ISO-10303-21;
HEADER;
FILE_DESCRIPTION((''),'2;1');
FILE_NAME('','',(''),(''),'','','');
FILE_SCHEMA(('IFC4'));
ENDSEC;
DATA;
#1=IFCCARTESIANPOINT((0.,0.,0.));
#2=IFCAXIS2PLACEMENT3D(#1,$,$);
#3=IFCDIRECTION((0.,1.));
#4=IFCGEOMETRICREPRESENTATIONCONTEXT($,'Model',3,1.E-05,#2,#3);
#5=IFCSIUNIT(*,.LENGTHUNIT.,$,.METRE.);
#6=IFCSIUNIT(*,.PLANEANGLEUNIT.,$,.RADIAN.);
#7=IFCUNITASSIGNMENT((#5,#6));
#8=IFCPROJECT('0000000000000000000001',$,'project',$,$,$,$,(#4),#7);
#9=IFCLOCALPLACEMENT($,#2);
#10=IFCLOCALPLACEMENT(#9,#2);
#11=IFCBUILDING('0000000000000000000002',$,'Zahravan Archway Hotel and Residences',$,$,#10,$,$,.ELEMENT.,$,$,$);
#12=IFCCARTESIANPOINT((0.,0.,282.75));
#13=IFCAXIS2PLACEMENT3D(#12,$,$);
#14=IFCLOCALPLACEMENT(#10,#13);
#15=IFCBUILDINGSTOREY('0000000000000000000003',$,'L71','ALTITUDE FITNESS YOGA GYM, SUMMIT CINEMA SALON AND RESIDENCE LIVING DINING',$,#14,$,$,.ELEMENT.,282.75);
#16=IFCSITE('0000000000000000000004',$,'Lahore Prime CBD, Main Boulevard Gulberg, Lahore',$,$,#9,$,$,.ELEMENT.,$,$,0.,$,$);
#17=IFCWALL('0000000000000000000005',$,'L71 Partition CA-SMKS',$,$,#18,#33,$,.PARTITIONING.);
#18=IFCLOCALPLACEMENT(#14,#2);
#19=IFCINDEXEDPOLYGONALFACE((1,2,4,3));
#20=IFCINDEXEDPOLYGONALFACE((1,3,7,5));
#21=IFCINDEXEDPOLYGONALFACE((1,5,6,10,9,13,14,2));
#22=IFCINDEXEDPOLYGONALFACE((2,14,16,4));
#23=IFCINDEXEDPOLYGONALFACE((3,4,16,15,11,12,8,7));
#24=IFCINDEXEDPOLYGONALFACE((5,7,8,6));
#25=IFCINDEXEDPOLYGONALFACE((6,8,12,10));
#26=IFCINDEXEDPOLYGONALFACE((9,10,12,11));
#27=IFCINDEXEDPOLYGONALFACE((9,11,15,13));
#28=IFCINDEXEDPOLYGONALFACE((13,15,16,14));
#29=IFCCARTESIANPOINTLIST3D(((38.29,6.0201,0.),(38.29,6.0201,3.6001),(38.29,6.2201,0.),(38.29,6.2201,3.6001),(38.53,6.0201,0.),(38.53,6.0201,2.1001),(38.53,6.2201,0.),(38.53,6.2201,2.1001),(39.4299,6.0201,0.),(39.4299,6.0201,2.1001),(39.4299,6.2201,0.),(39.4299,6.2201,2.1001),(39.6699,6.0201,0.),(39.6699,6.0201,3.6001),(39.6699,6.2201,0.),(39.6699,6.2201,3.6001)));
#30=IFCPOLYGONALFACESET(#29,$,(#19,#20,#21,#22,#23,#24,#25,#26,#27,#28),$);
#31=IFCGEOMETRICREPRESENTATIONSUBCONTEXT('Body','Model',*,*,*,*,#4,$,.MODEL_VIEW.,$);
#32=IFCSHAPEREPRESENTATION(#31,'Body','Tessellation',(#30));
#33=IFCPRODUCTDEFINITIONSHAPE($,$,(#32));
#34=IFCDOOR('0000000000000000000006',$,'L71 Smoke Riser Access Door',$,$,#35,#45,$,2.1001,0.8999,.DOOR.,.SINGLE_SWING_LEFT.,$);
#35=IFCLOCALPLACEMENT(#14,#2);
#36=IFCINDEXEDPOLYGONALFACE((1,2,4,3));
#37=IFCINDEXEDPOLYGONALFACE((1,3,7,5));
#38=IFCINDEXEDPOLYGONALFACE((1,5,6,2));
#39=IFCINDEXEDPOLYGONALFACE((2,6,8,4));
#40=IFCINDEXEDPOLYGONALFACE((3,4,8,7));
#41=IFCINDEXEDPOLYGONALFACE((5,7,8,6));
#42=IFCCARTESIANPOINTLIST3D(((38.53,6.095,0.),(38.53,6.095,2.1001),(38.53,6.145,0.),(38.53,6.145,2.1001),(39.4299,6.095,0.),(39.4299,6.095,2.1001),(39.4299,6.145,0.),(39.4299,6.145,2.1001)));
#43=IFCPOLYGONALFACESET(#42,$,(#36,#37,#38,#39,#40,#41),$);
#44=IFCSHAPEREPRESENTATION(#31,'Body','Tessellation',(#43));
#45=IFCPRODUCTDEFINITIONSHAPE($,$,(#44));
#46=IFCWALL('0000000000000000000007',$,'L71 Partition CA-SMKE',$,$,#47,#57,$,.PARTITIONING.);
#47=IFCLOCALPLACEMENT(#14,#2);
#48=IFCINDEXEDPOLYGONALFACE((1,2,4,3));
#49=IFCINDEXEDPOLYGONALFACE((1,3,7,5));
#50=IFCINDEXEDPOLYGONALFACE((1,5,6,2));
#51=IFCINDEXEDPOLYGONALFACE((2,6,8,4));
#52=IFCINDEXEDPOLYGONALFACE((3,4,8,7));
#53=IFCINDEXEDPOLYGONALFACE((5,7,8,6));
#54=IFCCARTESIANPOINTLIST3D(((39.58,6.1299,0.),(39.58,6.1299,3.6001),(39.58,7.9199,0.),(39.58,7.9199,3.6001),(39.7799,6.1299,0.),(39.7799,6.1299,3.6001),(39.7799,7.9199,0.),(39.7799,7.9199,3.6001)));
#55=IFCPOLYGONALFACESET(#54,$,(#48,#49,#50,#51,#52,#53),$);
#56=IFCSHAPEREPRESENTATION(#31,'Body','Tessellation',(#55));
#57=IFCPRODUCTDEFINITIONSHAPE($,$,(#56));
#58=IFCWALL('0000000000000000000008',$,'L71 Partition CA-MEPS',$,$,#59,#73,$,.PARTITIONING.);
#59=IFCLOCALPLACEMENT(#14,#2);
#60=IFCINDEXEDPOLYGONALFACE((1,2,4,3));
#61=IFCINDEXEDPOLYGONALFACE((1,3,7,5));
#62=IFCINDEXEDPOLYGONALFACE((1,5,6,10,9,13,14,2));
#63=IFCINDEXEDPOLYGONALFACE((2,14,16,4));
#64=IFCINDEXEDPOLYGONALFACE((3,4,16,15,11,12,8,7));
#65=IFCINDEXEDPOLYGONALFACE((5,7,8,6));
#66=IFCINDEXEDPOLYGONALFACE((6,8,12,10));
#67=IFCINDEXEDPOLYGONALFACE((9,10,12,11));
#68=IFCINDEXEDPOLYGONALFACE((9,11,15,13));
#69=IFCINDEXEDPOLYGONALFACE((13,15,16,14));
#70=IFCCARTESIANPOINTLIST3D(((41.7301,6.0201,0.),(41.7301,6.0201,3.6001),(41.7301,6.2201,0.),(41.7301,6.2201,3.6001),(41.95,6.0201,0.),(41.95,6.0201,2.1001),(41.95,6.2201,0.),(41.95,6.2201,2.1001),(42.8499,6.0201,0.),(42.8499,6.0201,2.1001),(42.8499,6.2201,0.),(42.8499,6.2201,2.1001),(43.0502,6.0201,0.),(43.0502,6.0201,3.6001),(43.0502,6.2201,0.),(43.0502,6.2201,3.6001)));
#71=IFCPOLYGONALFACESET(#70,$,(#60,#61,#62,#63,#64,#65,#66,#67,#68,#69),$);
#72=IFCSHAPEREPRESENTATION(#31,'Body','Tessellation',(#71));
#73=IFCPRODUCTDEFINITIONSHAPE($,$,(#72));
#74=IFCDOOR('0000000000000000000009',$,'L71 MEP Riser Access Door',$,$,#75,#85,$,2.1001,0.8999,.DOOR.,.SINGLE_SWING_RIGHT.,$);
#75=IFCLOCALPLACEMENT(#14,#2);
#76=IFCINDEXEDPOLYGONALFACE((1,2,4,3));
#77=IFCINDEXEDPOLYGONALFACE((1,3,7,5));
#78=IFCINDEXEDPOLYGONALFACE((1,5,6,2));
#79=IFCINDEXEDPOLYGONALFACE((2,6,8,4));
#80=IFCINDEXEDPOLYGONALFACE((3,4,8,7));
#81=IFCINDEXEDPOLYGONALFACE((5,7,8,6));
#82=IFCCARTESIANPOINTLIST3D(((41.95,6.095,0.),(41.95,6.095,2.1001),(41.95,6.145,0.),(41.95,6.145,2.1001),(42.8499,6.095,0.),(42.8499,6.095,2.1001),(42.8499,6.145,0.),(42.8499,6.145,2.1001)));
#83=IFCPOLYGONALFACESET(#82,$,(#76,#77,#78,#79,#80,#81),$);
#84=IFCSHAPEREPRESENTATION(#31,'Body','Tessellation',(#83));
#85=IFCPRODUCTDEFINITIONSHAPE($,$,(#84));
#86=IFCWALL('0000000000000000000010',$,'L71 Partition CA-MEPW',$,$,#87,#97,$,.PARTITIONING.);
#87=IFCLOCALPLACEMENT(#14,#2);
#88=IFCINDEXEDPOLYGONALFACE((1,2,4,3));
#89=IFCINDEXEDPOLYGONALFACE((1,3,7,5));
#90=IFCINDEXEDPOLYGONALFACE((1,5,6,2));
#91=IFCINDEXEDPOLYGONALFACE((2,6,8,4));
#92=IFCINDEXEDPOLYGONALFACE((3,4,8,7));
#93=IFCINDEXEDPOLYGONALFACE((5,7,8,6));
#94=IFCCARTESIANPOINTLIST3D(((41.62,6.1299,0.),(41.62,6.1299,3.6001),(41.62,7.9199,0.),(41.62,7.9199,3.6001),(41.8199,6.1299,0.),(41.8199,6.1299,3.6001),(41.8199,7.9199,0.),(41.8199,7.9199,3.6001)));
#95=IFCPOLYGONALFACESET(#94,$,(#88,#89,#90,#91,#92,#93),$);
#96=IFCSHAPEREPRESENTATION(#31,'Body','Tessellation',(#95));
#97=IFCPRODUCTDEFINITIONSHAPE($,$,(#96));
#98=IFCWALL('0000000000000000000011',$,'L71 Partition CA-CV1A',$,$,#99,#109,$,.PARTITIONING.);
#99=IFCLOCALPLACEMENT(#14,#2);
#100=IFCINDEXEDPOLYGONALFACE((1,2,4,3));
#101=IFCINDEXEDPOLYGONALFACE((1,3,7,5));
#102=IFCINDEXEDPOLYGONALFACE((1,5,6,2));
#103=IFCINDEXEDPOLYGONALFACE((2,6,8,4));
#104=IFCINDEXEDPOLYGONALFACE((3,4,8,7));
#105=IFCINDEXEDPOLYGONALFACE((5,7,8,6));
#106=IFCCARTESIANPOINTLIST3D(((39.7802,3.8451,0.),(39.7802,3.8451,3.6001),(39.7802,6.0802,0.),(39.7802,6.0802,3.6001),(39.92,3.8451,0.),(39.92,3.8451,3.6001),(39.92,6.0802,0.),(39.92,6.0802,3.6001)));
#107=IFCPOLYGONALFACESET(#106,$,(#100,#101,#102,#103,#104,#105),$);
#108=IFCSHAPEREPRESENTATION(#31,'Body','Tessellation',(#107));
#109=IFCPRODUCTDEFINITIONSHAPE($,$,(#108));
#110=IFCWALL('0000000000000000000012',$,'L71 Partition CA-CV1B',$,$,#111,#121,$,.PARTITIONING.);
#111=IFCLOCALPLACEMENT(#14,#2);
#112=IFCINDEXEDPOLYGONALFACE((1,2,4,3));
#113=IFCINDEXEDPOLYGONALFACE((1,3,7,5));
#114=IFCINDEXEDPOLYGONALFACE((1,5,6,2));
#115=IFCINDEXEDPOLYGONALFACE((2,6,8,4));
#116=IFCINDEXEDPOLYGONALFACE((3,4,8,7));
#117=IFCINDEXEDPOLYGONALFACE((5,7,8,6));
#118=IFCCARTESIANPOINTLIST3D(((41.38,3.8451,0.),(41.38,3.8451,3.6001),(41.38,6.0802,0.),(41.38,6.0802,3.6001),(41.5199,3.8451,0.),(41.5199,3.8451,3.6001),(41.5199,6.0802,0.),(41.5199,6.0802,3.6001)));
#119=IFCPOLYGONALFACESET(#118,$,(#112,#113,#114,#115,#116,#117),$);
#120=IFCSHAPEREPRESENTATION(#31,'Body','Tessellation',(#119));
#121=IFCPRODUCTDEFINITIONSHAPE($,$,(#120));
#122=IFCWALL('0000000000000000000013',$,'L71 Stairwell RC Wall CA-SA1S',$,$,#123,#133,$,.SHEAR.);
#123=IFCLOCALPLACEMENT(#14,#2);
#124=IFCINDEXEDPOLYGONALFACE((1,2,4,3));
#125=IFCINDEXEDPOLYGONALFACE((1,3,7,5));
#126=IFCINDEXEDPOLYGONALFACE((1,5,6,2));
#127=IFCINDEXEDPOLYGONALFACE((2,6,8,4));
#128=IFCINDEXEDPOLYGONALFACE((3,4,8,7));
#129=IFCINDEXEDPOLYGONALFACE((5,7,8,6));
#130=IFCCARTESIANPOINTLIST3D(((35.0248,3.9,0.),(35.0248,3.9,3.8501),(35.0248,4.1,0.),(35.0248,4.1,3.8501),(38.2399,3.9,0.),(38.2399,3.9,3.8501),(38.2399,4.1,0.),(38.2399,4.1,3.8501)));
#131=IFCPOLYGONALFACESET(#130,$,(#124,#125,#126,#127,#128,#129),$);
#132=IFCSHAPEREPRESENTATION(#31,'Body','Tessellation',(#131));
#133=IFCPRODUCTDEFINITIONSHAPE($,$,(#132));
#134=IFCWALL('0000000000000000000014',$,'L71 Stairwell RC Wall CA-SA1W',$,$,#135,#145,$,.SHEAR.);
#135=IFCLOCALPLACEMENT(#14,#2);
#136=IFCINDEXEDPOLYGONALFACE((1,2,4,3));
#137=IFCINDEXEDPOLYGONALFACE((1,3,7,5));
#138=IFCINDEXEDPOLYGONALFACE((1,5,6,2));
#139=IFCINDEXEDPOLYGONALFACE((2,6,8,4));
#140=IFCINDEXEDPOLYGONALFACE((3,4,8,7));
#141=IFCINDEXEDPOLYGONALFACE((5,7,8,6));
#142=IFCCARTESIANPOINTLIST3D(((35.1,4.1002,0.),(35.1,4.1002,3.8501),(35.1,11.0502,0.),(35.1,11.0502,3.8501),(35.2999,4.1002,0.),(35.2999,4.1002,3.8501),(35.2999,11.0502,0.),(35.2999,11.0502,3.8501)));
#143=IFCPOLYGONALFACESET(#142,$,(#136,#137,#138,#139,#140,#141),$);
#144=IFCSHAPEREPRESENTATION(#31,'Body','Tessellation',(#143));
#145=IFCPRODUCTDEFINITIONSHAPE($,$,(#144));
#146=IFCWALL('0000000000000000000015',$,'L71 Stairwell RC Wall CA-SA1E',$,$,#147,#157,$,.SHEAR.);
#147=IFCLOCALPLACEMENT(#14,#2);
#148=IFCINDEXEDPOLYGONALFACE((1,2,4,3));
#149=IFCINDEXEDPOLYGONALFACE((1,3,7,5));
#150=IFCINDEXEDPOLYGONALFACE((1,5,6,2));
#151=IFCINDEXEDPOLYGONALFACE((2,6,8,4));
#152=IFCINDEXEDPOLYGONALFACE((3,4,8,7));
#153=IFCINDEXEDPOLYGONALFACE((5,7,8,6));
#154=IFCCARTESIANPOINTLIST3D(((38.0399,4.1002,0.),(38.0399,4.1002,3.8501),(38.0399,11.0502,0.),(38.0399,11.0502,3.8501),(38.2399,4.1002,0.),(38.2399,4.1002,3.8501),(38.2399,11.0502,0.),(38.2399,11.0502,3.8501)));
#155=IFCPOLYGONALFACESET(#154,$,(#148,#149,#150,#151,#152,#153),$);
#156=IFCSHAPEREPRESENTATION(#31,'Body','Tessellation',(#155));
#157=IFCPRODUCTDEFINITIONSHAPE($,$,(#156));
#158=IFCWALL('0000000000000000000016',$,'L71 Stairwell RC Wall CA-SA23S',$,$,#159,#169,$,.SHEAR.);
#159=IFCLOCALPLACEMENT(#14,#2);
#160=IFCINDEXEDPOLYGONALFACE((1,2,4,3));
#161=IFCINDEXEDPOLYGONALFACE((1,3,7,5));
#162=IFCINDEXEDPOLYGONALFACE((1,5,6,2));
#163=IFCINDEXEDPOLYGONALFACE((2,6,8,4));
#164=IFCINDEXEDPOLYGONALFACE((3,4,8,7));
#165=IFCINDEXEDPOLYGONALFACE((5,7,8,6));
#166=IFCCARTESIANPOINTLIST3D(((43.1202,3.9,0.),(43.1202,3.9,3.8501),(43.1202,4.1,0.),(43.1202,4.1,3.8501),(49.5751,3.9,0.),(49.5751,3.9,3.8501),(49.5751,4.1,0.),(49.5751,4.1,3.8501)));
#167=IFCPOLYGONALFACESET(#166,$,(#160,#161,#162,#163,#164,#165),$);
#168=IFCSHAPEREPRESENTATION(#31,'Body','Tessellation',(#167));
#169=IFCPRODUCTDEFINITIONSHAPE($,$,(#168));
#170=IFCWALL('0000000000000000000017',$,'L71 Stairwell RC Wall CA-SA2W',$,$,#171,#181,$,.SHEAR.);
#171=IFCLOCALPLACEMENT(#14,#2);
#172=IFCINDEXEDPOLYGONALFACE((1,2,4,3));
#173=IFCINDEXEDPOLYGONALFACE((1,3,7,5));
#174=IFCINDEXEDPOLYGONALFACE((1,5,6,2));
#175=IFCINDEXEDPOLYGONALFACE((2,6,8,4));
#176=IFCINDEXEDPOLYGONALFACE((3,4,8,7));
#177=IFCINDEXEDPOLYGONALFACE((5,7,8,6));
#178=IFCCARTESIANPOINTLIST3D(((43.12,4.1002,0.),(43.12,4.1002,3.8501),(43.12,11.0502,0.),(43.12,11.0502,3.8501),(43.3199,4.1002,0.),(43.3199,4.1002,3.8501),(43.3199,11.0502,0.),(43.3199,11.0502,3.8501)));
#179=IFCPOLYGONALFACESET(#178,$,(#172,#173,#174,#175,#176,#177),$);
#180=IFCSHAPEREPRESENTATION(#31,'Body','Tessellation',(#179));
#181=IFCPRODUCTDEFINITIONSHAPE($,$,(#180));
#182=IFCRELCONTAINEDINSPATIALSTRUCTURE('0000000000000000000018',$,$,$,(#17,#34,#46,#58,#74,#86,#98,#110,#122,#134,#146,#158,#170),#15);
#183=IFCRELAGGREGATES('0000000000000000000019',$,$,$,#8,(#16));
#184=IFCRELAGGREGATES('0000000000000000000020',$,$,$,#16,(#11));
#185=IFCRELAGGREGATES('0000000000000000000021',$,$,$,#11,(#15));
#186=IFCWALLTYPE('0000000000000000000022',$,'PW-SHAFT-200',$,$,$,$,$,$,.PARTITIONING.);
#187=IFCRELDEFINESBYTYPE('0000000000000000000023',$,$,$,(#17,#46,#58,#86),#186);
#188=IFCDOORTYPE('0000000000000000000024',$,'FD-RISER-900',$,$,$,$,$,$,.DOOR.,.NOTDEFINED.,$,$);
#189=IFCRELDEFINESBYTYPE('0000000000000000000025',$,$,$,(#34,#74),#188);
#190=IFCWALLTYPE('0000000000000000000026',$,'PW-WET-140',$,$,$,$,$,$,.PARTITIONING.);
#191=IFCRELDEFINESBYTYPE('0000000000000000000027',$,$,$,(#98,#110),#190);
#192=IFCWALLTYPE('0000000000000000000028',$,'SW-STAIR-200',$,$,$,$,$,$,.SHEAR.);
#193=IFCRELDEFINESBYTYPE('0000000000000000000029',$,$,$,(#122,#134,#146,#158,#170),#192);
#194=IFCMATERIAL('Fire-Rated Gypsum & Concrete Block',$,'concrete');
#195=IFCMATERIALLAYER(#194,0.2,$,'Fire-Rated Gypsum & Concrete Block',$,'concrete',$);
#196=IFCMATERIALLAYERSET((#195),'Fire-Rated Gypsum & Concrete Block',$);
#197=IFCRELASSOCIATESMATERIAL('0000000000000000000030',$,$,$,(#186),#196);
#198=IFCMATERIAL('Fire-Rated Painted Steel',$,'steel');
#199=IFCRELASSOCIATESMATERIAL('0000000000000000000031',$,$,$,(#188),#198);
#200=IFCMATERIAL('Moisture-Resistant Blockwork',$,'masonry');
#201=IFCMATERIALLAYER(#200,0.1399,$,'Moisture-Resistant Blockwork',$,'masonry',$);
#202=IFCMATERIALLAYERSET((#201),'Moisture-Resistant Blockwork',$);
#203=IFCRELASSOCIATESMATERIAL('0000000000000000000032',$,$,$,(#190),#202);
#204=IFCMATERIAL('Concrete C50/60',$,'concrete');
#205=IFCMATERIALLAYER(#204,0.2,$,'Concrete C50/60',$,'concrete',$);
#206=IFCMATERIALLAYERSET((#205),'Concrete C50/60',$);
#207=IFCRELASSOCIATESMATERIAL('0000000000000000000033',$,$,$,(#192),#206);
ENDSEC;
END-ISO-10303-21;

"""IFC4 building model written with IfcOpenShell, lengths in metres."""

from ifc_helpers import new_model, si_unit, direction, frame, frame_2d, origin, place, context, subcontext, project, spatial, rectangle, extrude, source, transform, mapped, material, layer, layer_set, type_object, type_shapes, element, fill, save


model = new_model("IFC4")

# Units and contexts
model_context = context("Model", 3, precision=1e-05, world=origin(), true_north=direction((0.0, 1.0)))
body_context = subcontext(model_context, "Body", "Model", "MODEL_VIEW")
ifc_project = project(units=[si_unit("LENGTHUNIT", "METRE"), si_unit("PLANEANGLEUNIT", "RADIAN")], contexts=[model_context])

# Site, building, storey
site_placement = place(None, origin())
site = spatial("IfcSite", under=ifc_project, at=site_placement, Name="Lahore Prime CBD, Main Boulevard Gulberg, Lahore", CompositionType="ELEMENT", RefElevation=0.0)
building_placement = place(site_placement, origin())
building = spatial("IfcBuilding", under=site, at=building_placement, Name="Zahravan Archway Hotel and Residences", CompositionType="ELEMENT")
storey_placement = place(building_placement, frame((0.0, 0.0, 282.75)))
storey = spatial("IfcBuildingStorey", under=building, at=storey_placement, Name="L71", Description="ALTITUDE FITNESS YOGA GYM, SUMMIT CINEMA SALON AND RESIDENCE LIVING DINING", CompositionType="ELEMENT", Elevation=282.75)

# Shared definitions
ifc_material_1 = material(Name="Concrete C50/60", Category="concrete")

# Wall, opening, door
ifc_material_2 = material(Name="Fire-Rated Gypsum & Concrete Block", Category="concrete")
ifc_layer_1 = layer(ifc_material_2, 0.2, Name="Fire-Rated Gypsum & Concrete Block", Category="concrete")
ifc_layer_set_1 = layer_set([ifc_layer_1], Name="Fire-Rated Gypsum & Concrete Block")
wall_type_1 = type_object("IfcWallType", Name="PW-SHAFT-200", PredefinedType="PARTITIONING", material=ifc_layer_set_1)
wall_1_placement = place(storey_placement, frame((38.29, 6.1201, 0.0), z_axis=(0.0, 0.0, 1.0), x_axis=(1.0, 0.0, 0.0)))
wall_1 = element("IfcWall", 1, at=wall_1_placement, inside=storey, type_object=wall_type_1, Name="L71 Partition CA-SMKS", PredefinedType="PARTITIONING", context=body_context, shape_type="SweptSolid", body=[
    extrude(rectangle(XDim=1.3799, YDim=0.2, at=frame_2d((0.6899, 0.0))), origin(), (0.0, 0.0, 1.0), 3.6001),
])
opening_1_placement = place(wall_1_placement, frame((0.24, 0.0, 0.0)))
opening_1 = element("IfcOpeningElement", 2, at=opening_1_placement, cuts=wall_1, PredefinedType="OPENING", context=body_context, shape_type="SweptSolid", body=[
    extrude(rectangle(XDim=0.8999, YDim=2.1001, at=frame_2d((0.45, 1.05))), frame((0.0, 0.1099, 0.0), z_axis=(0.0, -1.0, 0.0), x_axis=(1.0, 0.0, 0.0)), (0.0, 0.0, 1.0), 0.22),
])
ifc_material_3 = material(Name="Fire-Rated Painted Steel", Category="steel")
door_type = type_object("IfcDoorType", Name="FD-RISER-900", OperationType="NOTDEFINED", PredefinedType="DOOR", material=ifc_material_3)
shared_shape_1 = source(origin(), body_context, "Body", "SweptSolid", [
    extrude(rectangle(XDim=0.8999, YDim=2.1001, at=frame_2d((0.45, 1.05))), frame((0.0, 0.0249, 0.0), z_axis=(0.0, -1.0, 0.0), x_axis=(1.0, 0.0, 0.0)), (0.0, 0.0, 1.0), 0.05),
])
type_shapes(door_type, [shared_shape_1])
door_1_placement = place(opening_1_placement, origin())
door_1 = element("IfcDoor", 3, at=door_1_placement, inside=storey, type_object=door_type, Name="L71 Smoke Riser Access Door", OperationType="SINGLE_SWING_LEFT", OverallHeight=2.1001, OverallWidth=0.8999, PredefinedType="DOOR", context=body_context, shape_type="MappedRepresentation", body=[
    mapped(shared_shape_1, transform((0.0, 0.0, 0.0), scale=1.0)),
])
fill(opening_1, door_1)

# Wall
wall_2_placement = place(storey_placement, frame((39.6799, 6.1299, 0.0), z_axis=(0.0, 0.0, 1.0), x_axis=(0.0, 1.0, 0.0)))
element("IfcWall", 4, at=wall_2_placement, inside=storey, type_object=wall_type_1, Name="L71 Partition CA-SMKE", PredefinedType="PARTITIONING", context=body_context, shape_type="SweptSolid", body=[
    extrude(rectangle(XDim=1.79, YDim=0.2, at=frame_2d((0.895, 0.0))), origin(), (0.0, 0.0, 1.0), 3.6001),
])

# Wall, opening, door
wall_3_placement = place(storey_placement, frame((41.73, 6.1201, 0.0), z_axis=(0.0, 0.0, 1.0), x_axis=(1.0, 0.0, 0.0)))
wall_3 = element("IfcWall", 5, at=wall_3_placement, inside=storey, type_object=wall_type_1, Name="L71 Partition CA-MEPS", PredefinedType="PARTITIONING", context=body_context, shape_type="SweptSolid", body=[
    extrude(rectangle(XDim=1.3201, YDim=0.2, at=frame_2d((0.6602, 0.0))), origin(), (0.0, 0.0, 1.0), 3.6001),
])
opening_2_placement = place(wall_3_placement, frame((0.22, 0.0, 0.0)))
opening_2 = element("IfcOpeningElement", 6, at=opening_2_placement, cuts=wall_3, PredefinedType="OPENING", context=body_context, shape_type="SweptSolid", body=[
    extrude(rectangle(XDim=0.8999, YDim=2.1001, at=frame_2d((0.45, 1.05))), frame((0.0, 0.1099, 0.0), z_axis=(0.0, -1.0, 0.0), x_axis=(1.0, 0.0, 0.0)), (0.0, 0.0, 1.0), 0.22),
])
door_2_placement = place(opening_2_placement, origin())
door_2 = element("IfcDoor", 7, at=door_2_placement, inside=storey, type_object=door_type, Name="L71 MEP Riser Access Door", OperationType="SINGLE_SWING_RIGHT", OverallHeight=2.1001, OverallWidth=0.8999, PredefinedType="DOOR", context=body_context, shape_type="MappedRepresentation", body=[
    mapped(shared_shape_1, transform((0.0, 0.0, 0.0), scale=1.0)),
])
fill(opening_2, door_2)

# Walls
wall_4_placement = place(storey_placement, frame((41.72, 6.1299, 0.0), z_axis=(0.0, 0.0, 1.0), x_axis=(0.0, 1.0, 0.0)))
element("IfcWall", 8, at=wall_4_placement, inside=storey, type_object=wall_type_1, Name="L71 Partition CA-MEPW", PredefinedType="PARTITIONING", context=body_context, shape_type="SweptSolid", body=[
    extrude(rectangle(XDim=1.79, YDim=0.2, at=frame_2d((0.895, 0.0))), origin(), (0.0, 0.0, 1.0), 3.6001),
])
ifc_material_4 = material(Name="Moisture-Resistant Blockwork", Category="masonry")
ifc_layer_2 = layer(ifc_material_4, 0.1399, Name="Moisture-Resistant Blockwork", Category="masonry")
ifc_layer_set_2 = layer_set([ifc_layer_2], Name="Moisture-Resistant Blockwork")
wall_type_2 = type_object("IfcWallType", Name="PW-WET-140", PredefinedType="PARTITIONING", material=ifc_layer_set_2)
for number, where, z_axis, x_axis, name in (
    (9, (39.8501, 3.845, 0.0), (0.0, 0.0, 1.0), (0.0, 1.0, 0.0), "L71 Partition CA-CV1A"),
    (10, (41.45, 3.845, 0.0), (0.0, 0.0, 1.0), (0.0, 1.0, 0.0), "L71 Partition CA-CV1B"),
):
    element("IfcWall", number, at=place(storey_placement, frame(where, z_axis=z_axis, x_axis=x_axis)), inside=storey, type_object=wall_type_2, Name=name, PredefinedType="PARTITIONING", context=body_context, shape_type="SweptSolid", body=[
        extrude(rectangle(XDim=2.2351, YDim=0.1399, at=frame_2d((1.1177, 0.0))), origin(), (0.0, 0.0, 1.0), 3.6001),
    ])
ifc_layer_3 = layer(ifc_material_1, 0.2, Name="Concrete C50/60", Category="concrete")
ifc_layer_set_3 = layer_set([ifc_layer_3], Name="Concrete C50/60")
wall_type_3 = type_object("IfcWallType", Name="SW-STAIR-200", PredefinedType="SHEAR", material=ifc_layer_set_3)
wall_5_placement = place(storey_placement, frame((35.0249, 4.0, 0.0), z_axis=(0.0, 0.0, 1.0), x_axis=(1.0, 0.0, 0.0)))
element("IfcWall", 11, at=wall_5_placement, inside=storey, type_object=wall_type_3, Name="L71 Stairwell RC Wall CA-SA1S", PredefinedType="SHEAR", context=body_context, shape_type="SweptSolid", body=[
    extrude(rectangle(XDim=3.2151, YDim=0.2, at=frame_2d((1.6074, 0.0))), origin(), (0.0, 0.0, 1.0), 3.8501),
])
for number, where, z_axis, x_axis, name in (
    (12, (35.2, 4.1001, 0.0), (0.0, 0.0, 1.0), (0.0, 1.0, 0.0), "L71 Stairwell RC Wall CA-SA1W"),
    (13, (38.1399, 4.1001, 0.0), (0.0, 0.0, 1.0), (0.0, 1.0, 0.0), "L71 Stairwell RC Wall CA-SA1E"),
):
    element("IfcWall", number, at=place(storey_placement, frame(where, z_axis=z_axis, x_axis=x_axis)), inside=storey, type_object=wall_type_3, Name=name, PredefinedType="SHEAR", context=body_context, shape_type="SweptSolid", body=[
        extrude(rectangle(XDim=6.95, YDim=0.2, at=frame_2d((3.4751, 0.0))), origin(), (0.0, 0.0, 1.0), 3.8501),
    ])
wall_6_placement = place(storey_placement, frame((43.1201, 4.0, 0.0), z_axis=(0.0, 0.0, 1.0), x_axis=(1.0, 0.0, 0.0)))
element("IfcWall", 14, at=wall_6_placement, inside=storey, type_object=wall_type_3, Name="L71 Stairwell RC Wall CA-SA23S", PredefinedType="SHEAR", context=body_context, shape_type="SweptSolid", body=[
    extrude(rectangle(XDim=6.4548, YDim=0.2, at=frame_2d((3.2275, 0.0))), origin(), (0.0, 0.0, 1.0), 3.8501),
])
for number, where, z_axis, x_axis, name in (
    (15, (43.22, 4.1001, 0.0), (0.0, 0.0, 1.0), (0.0, 1.0, 0.0), "L71 Stairwell RC Wall CA-SA2W"),
):
    element("IfcWall", number, at=place(storey_placement, frame(where, z_axis=z_axis, x_axis=x_axis)), inside=storey, type_object=wall_type_3, Name=name, PredefinedType="SHEAR", context=body_context, shape_type="SweptSolid", body=[
        extrude(rectangle(XDim=6.95, YDim=0.2, at=frame_2d((3.4751, 0.0))), origin(), (0.0, 0.0, 1.0), 3.8501),
    ])

save(model, "model.ifc")
